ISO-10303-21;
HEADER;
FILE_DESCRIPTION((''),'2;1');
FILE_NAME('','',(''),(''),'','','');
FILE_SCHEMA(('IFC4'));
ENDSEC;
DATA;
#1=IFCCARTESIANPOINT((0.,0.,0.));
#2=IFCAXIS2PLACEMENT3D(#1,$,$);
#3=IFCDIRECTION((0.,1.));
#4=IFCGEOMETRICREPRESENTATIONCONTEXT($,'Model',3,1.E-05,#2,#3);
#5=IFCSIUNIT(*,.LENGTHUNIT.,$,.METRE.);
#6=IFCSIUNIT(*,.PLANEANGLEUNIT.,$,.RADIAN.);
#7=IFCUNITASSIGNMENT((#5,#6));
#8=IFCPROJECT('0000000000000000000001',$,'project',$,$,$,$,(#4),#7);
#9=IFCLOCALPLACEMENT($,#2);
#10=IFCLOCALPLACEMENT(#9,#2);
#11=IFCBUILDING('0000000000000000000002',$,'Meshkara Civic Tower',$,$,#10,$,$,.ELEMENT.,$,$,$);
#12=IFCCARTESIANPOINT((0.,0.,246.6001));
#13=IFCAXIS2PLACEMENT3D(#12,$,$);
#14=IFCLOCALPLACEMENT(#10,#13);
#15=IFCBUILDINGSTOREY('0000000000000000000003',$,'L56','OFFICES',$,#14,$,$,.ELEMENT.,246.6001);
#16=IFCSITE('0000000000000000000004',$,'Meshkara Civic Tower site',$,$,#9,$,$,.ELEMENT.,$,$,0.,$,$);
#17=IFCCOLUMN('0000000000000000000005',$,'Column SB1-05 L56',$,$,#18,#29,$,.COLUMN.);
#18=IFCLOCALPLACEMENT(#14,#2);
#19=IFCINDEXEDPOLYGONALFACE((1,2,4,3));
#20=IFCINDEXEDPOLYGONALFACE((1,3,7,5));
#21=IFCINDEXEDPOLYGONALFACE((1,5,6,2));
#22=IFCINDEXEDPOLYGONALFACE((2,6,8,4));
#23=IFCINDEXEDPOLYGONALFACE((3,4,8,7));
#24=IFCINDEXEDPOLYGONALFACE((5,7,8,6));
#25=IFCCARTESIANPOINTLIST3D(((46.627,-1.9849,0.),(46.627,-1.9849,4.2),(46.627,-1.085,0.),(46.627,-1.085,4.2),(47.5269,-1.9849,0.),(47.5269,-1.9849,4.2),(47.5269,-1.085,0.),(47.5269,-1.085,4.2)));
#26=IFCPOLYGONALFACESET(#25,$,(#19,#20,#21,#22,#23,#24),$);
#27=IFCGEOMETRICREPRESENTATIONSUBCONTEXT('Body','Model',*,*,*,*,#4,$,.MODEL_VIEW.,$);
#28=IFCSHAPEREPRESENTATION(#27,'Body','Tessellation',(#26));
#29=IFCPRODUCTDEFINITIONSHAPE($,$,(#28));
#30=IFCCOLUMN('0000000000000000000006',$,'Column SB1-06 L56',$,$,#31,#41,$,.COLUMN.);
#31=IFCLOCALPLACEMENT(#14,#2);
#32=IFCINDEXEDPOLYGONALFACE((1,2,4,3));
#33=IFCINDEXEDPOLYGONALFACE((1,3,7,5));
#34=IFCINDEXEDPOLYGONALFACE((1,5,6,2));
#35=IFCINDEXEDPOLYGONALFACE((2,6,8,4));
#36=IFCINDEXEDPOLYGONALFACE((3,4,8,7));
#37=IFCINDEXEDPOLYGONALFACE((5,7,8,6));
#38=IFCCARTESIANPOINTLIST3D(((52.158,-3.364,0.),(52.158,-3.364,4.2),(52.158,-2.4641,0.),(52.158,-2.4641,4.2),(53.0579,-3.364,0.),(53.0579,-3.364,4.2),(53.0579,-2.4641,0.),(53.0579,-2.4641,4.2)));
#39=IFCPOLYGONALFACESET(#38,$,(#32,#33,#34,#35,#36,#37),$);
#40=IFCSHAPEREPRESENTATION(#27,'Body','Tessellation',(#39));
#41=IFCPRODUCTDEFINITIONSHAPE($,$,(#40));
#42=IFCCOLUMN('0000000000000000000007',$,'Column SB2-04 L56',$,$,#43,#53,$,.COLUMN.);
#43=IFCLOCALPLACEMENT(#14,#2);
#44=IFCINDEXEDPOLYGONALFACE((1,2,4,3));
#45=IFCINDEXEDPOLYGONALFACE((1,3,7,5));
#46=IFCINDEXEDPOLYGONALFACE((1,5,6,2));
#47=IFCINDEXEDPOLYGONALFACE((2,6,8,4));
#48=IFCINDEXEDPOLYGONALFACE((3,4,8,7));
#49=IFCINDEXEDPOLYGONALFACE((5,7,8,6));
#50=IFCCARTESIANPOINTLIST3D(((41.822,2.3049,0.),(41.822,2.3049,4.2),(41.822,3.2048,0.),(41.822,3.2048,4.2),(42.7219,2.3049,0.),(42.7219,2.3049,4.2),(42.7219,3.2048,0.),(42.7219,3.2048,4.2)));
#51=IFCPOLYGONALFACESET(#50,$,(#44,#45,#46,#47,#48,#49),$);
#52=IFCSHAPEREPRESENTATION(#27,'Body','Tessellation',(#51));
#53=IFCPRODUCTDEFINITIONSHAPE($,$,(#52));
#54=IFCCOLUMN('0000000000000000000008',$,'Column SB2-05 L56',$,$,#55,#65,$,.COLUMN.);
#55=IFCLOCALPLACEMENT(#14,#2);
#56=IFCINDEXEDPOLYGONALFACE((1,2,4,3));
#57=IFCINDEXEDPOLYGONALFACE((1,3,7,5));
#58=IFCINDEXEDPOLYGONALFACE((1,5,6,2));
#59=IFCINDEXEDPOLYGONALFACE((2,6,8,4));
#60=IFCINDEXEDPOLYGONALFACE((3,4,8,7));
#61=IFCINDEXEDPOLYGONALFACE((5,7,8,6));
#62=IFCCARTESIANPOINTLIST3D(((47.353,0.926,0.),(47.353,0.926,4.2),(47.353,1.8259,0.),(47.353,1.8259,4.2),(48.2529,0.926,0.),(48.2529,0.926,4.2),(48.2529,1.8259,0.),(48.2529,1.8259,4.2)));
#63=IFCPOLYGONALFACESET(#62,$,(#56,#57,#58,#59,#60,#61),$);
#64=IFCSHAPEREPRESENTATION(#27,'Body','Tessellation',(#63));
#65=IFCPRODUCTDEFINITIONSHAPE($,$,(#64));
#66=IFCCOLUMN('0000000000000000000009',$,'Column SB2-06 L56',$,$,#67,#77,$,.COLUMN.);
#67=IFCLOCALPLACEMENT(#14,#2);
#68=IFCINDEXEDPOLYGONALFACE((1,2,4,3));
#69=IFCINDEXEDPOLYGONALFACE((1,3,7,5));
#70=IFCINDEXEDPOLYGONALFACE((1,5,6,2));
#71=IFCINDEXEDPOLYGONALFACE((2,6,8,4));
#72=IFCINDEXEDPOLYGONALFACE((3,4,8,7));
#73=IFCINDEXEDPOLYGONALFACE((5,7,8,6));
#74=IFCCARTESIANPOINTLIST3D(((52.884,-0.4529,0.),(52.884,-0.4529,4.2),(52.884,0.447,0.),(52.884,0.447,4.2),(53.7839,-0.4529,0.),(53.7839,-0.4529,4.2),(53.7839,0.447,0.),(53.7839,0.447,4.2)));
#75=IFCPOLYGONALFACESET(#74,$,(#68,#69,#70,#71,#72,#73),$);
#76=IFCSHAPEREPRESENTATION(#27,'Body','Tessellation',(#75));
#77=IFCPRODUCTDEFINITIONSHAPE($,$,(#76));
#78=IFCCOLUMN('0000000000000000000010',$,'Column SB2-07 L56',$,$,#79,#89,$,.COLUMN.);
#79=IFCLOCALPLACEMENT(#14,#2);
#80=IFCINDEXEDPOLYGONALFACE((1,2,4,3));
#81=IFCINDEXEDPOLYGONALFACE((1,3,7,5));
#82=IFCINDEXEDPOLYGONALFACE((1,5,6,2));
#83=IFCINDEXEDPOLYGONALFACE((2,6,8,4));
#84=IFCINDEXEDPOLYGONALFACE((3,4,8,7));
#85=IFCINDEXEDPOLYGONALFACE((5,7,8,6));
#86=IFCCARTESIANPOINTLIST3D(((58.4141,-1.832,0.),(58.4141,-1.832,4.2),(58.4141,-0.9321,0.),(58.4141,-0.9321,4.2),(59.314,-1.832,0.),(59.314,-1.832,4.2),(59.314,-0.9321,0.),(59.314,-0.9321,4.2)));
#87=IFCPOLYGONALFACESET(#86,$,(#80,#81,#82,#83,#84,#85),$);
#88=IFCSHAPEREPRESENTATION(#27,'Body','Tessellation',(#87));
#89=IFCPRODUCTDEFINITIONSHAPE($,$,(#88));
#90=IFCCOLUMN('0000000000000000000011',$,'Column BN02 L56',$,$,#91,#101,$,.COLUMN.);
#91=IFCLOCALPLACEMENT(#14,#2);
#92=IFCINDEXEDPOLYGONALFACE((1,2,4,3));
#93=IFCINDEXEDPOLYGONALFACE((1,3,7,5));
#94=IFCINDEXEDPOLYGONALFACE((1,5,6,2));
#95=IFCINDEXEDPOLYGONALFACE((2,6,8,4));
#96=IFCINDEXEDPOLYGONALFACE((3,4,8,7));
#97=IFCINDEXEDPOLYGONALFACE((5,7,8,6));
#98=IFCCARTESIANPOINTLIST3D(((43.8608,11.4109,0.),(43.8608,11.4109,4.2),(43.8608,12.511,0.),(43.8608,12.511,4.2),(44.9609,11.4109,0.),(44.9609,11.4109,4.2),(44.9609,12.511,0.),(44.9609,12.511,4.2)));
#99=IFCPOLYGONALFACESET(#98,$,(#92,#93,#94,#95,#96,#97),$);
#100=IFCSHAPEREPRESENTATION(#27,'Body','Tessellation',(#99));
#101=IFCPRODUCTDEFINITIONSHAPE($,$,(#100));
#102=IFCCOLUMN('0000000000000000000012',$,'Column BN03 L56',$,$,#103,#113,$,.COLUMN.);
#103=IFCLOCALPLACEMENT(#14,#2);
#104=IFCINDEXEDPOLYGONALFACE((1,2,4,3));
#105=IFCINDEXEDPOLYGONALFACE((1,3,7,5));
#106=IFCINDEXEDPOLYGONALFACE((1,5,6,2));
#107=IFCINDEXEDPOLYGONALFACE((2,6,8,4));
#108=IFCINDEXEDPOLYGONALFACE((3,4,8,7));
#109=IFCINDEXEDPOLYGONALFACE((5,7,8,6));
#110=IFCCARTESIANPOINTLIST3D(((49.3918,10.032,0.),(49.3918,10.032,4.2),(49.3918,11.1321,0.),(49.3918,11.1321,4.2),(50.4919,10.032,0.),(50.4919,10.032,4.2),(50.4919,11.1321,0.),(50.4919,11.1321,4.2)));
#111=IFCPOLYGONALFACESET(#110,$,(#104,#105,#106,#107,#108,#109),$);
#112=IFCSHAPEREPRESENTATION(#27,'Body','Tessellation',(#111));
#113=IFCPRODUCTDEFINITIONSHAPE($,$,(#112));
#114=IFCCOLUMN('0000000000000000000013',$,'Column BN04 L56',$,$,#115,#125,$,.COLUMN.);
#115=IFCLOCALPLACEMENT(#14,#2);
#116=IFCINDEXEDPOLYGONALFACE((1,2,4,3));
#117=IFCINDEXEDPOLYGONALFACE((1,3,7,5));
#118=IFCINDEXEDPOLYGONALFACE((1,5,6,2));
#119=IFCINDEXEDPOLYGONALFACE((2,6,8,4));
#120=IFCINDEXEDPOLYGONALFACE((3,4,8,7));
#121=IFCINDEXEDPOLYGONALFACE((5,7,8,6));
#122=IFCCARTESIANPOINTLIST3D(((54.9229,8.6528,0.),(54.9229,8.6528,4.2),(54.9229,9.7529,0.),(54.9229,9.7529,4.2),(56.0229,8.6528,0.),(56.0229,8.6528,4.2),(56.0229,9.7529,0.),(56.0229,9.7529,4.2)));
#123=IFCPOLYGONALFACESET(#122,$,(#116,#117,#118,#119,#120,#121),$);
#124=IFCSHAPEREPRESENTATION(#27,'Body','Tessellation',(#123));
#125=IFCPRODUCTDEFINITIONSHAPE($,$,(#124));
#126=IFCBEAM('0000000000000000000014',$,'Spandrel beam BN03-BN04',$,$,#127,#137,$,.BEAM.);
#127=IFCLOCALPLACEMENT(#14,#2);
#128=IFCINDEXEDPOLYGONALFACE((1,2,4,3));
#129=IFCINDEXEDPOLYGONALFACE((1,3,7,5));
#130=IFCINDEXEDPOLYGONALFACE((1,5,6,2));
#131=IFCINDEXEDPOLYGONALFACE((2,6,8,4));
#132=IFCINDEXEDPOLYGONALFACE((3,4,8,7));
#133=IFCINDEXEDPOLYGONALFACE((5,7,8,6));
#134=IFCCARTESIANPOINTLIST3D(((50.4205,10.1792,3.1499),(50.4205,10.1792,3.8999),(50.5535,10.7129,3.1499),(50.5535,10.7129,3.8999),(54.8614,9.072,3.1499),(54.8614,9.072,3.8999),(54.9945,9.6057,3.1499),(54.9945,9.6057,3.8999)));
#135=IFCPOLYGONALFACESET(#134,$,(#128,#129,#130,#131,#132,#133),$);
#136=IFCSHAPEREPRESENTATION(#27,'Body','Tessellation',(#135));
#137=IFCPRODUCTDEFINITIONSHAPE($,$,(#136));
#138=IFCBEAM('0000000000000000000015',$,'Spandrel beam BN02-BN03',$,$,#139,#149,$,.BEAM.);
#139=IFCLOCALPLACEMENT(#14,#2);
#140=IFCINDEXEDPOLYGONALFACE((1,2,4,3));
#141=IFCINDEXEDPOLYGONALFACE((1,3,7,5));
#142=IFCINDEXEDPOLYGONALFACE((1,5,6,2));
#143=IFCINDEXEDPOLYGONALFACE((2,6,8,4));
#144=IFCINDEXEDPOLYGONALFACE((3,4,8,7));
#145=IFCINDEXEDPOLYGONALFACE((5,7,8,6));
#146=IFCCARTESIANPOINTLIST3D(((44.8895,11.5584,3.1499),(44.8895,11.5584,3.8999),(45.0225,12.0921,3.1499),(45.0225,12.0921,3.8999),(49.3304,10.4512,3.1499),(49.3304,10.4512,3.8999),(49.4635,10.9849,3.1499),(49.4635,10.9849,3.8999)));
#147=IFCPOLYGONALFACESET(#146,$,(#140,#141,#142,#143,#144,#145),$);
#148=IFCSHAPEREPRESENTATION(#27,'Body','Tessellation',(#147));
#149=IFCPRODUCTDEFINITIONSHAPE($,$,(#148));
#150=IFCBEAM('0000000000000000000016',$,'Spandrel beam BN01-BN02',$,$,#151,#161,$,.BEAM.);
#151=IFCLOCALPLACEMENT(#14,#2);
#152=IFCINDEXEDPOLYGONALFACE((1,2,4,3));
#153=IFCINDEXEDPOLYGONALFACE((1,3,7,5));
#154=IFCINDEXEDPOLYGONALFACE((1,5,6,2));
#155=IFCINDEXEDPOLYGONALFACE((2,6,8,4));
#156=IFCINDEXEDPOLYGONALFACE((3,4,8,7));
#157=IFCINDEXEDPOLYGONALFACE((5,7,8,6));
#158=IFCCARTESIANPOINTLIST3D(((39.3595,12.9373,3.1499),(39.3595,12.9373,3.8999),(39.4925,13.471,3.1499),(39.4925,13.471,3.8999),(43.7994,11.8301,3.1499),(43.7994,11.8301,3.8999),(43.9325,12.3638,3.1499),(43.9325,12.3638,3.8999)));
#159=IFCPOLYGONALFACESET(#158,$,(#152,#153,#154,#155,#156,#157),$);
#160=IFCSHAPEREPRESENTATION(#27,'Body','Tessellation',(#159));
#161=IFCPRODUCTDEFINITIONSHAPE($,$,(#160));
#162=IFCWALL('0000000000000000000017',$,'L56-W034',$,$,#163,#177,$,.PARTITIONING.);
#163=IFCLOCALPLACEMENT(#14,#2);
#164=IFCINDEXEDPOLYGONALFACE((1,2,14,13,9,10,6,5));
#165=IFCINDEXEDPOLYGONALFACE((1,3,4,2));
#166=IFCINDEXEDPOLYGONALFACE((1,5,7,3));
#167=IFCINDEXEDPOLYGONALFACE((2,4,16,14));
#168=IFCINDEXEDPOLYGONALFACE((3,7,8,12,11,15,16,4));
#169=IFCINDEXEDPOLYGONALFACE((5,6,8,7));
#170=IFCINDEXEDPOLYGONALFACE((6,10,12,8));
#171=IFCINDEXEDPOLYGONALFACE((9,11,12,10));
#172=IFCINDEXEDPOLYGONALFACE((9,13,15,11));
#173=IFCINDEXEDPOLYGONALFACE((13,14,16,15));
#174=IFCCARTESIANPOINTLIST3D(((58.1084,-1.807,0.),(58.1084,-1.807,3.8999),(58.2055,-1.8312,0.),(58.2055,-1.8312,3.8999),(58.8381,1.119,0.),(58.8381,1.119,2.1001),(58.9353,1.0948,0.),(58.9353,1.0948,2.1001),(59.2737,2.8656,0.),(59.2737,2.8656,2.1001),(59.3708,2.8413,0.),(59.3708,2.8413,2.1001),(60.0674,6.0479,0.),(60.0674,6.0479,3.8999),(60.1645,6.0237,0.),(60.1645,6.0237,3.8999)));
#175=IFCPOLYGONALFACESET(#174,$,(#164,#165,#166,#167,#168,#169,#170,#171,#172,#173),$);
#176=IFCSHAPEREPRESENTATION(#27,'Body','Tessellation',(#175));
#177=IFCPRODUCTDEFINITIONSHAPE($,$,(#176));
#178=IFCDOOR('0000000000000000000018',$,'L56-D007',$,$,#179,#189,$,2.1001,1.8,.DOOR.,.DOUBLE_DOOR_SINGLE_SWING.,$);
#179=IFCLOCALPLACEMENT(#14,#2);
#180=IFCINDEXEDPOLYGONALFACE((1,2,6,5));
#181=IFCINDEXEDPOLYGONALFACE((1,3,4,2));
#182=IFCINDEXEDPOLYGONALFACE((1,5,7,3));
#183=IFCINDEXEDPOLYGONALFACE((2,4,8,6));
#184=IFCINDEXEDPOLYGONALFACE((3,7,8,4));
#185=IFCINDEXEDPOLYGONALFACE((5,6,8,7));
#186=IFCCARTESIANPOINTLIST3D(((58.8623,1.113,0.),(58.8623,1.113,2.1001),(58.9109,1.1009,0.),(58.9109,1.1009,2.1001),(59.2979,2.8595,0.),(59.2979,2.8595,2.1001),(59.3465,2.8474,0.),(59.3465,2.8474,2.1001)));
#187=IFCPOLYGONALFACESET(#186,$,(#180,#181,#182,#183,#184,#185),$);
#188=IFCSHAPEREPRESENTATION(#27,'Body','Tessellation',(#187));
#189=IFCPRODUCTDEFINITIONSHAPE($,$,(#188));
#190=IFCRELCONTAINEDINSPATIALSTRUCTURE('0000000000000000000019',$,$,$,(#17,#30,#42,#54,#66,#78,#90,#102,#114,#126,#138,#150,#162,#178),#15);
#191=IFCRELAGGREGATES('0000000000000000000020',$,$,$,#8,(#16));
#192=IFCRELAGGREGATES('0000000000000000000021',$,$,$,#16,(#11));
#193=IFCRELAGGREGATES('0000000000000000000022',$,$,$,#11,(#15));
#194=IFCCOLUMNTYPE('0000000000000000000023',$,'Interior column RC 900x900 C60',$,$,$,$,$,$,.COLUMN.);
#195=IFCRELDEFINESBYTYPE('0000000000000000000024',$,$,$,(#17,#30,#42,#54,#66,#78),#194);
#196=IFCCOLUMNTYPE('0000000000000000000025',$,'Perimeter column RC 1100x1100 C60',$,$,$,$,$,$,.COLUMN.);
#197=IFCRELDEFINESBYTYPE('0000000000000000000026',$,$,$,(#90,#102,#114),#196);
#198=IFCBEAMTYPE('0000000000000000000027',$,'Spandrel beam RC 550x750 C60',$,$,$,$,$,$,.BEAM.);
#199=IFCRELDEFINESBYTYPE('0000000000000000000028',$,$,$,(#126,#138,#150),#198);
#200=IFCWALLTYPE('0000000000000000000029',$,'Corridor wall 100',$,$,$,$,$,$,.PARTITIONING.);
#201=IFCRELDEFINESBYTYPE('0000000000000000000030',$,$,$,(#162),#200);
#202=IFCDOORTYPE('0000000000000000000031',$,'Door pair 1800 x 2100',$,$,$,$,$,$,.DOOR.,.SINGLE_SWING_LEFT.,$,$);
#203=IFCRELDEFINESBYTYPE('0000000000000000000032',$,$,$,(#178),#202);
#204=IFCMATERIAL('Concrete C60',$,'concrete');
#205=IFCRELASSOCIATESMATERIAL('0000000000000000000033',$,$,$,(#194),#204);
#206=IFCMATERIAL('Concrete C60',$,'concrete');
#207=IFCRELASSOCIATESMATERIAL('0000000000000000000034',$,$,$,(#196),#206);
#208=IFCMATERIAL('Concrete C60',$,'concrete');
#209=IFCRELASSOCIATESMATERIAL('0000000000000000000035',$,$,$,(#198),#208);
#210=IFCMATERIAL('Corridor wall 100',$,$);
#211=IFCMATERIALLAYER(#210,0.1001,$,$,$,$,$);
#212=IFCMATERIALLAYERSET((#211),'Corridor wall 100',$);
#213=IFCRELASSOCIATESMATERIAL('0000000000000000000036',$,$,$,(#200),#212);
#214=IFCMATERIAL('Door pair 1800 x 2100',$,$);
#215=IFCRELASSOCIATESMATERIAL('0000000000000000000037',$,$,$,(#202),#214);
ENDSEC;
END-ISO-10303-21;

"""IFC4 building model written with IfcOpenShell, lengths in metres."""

from ifc_helpers import new_model, si_unit, direction, frame, frame_2d, origin, origin_2d, place, context, subcontext, project, spatial, rectangle, extrude, material, layer, layer_set, material_profile, profile_set, type_object, element, fill, save


model = new_model("IFC4")

# Units and contexts
model_context = context("Model", 3, precision=1e-05, world=origin(), true_north=direction((0.0, 1.0)))
body_context = subcontext(model_context, "Body", "Model", "MODEL_VIEW")
ifc_project = project(units=[si_unit("LENGTHUNIT", "METRE"), si_unit("PLANEANGLEUNIT", "RADIAN")], contexts=[model_context])

# Site, building, storey
site_placement = place(None, origin())
site = spatial("IfcSite", under=ifc_project, at=site_placement, Name="Meshkara Civic Tower site", CompositionType="ELEMENT", RefElevation=0.0)
building_placement = place(site_placement, origin())
building = spatial("IfcBuilding", under=site, at=building_placement, Name="Meshkara Civic Tower", CompositionType="ELEMENT")
storey_placement = place(building_placement, frame((0.0, 0.0, 246.6001)))
storey = spatial("IfcBuildingStorey", under=building, at=storey_placement, Name="L56", Description="OFFICES", CompositionType="ELEMENT", Elevation=246.6001)

# Columns
ifc_material_1 = material(Name="Concrete C60", Category="concrete")
ifc_material_profile_1 = material_profile(ifc_material_1, rectangle(XDim=0.8999, YDim=0.8999, at=origin_2d()))
ifc_profile_set_1 = profile_set([ifc_material_profile_1], Name="Concrete C60")
column_type_1 = type_object("IfcColumnType", Name="Interior column RC 900x900 C60", PredefinedType="COLUMN", material=ifc_profile_set_1)
for number, where, z_axis, x_axis, name in (
    (1, (47.0769, -1.5349, 0.0), (0.0, 0.0, 1.0), (1.0, 0.0, 0.0), "Column SB1-05 L56"),
    (2, (52.6079, -2.9141, 0.0), (0.0, 0.0, 1.0), (1.0, 0.0, 0.0), "Column SB1-06 L56"),
    (3, (42.272, 2.7549, 0.0), (0.0, 0.0, 1.0), (1.0, 0.0, 0.0), "Column SB2-04 L56"),
    (4, (47.803, 1.376, 0.0), (0.0, 0.0, 1.0), (1.0, 0.0, 0.0), "Column SB2-05 L56"),
    (5, (53.334, -0.0029, 0.0), (0.0, 0.0, 1.0), (1.0, 0.0, 0.0), "Column SB2-06 L56"),
    (6, (58.864, -1.3821, 0.0), (0.0, 0.0, 1.0), (1.0, 0.0, 0.0), "Column SB2-07 L56"),
):
    element("IfcColumn", number, at=place(storey_placement, frame(where, z_axis=z_axis, x_axis=x_axis)), inside=storey, type_object=column_type_1, Name=name, PredefinedType="COLUMN", context=body_context, shape_type="SweptSolid", body=[
        extrude(rectangle(XDim=0.8999, YDim=0.8999, at=origin_2d()), origin(), (0.0, 0.0, 1.0), 4.2),
    ])
ifc_material_2 = material(Name="Concrete C60", Category="concrete")
ifc_material_profile_2 = material_profile(ifc_material_2, rectangle(XDim=1.1001, YDim=1.1001, at=origin_2d()))
ifc_profile_set_2 = profile_set([ifc_material_profile_2], Name="Concrete C60")
column_type_2 = type_object("IfcColumnType", Name="Perimeter column RC 1100x1100 C60", PredefinedType="COLUMN", material=ifc_profile_set_2)
for number, where, z_axis, x_axis, name in (
    (7, (44.4109, 11.9609, 0.0), (0.0, 0.0, 1.0), (1.0, 0.0, 0.0), "Column BN02 L56"),
    (8, (49.9419, 10.582, 0.0), (0.0, 0.0, 1.0), (1.0, 0.0, 0.0), "Column BN03 L56"),
    (9, (55.4729, 9.2029, 0.0), (0.0, 0.0, 1.0), (1.0, 0.0, 0.0), "Column BN04 L56"),
):
    element("IfcColumn", number, at=place(storey_placement, frame(where, z_axis=z_axis, x_axis=x_axis)), inside=storey, type_object=column_type_2, Name=name, PredefinedType="COLUMN", context=body_context, shape_type="SweptSolid", body=[
        extrude(rectangle(XDim=1.1001, YDim=1.1001, at=origin_2d()), origin(), (0.0, 0.0, 1.0), 4.2),
    ])

# Beams
ifc_material_3 = material(Name="Concrete C60", Category="concrete")
ifc_material_profile_3 = material_profile(ifc_material_3, rectangle(XDim=0.55, YDim=0.75, at=origin_2d()))
ifc_profile_set_3 = profile_set([ifc_material_profile_3], Name="Concrete C60")
beam_type = type_object("IfcBeamType", Name="Spandrel beam RC 550x750 C60", PredefinedType="BEAM", material=ifc_profile_set_3)
for number, where, z_axis, x_axis, name in (
    (10, (54.928, 9.3389, 3.5249), (-0.970299, 0.241908, 0.0), (-0.241908, -0.970299, 0.0), "Spandrel beam BN03-BN04"),
    (11, (49.397, 10.718, 3.5249), (-0.970299, 0.241908, 0.0), (-0.241908, -0.970299, 0.0), "Spandrel beam BN02-BN03"),
):
    element("IfcBeam", number, at=place(storey_placement, frame(where, z_axis=z_axis, x_axis=x_axis)), inside=storey, type_object=beam_type, Name=name, PredefinedType="BEAM", context=body_context, shape_type="SweptSolid", body=[
        extrude(rectangle(XDim=0.55, YDim=0.75, at=origin_2d()), origin(), (0.0, 0.0, 1.0), 4.5769),
    ])
beam_placement = place(storey_placement, frame((43.866, 12.0969, 3.5249), z_axis=(-0.970287, 0.241958, 0.0), x_axis=(-0.241958, -0.970287, 0.0)))
element("IfcBeam", 12, at=beam_placement, inside=storey, type_object=beam_type, Name="Spandrel beam BN01-BN02", PredefinedType="BEAM", context=body_context, shape_type="SweptSolid", body=[
    extrude(rectangle(XDim=0.55, YDim=0.75, at=origin_2d()), origin(), (0.0, 0.0, 1.0), 4.5759),
])

# Wall, opening, door
ifc_material_4 = material(Name="Corridor wall 100")
ifc_layer_1 = layer(ifc_material_4, 0.1001)
ifc_layer_set_1 = layer_set([ifc_layer_1], Name="Corridor wall 100")
wall_type_1 = type_object("IfcWallType", Name="Corridor wall 100", PredefinedType="PARTITIONING", material=ifc_layer_set_1)
wall_1_placement = place(storey_placement, frame((60.116, 6.0359, 0.0), z_axis=(0.0, 0.0, 1.0), x_axis=(-0.241982, -0.970281, 0.0)))
wall_1 = element("IfcWall", 13, at=wall_1_placement, inside=storey, type_object=wall_type_1, Name="L56-W034", PredefinedType="PARTITIONING", context=body_context, shape_type="SweptSolid", body=[
    extrude(rectangle(XDim=8.0955, YDim=0.1001, at=frame_2d((4.0479, 0.0))), origin(), (0.0, 0.0, 1.0), 3.8999),
])
opening_1_placement = place(wall_1_placement, frame((3.28, 0.0, 0.0)))
opening_1 = element("IfcOpeningElement", 14, at=opening_1_placement, cuts=wall_1, PredefinedType="OPENING", context=body_context, shape_type="SweptSolid", body=[
    extrude(rectangle(XDim=1.8, YDim=2.1001, at=frame_2d((0.8999, 1.05))), frame((0.0, 0.0601, 0.0), z_axis=(0.0, -1.0, 0.0), x_axis=(1.0, 0.0, 0.0)), (0.0, 0.0, 1.0), 0.1201),
])
ifc_material_5 = material(Name="Door pair 1800 x 2100")
door_type = type_object("IfcDoorType", Name="Door pair 1800 x 2100", OperationType="SINGLE_SWING_LEFT", PredefinedType="DOOR", material=ifc_material_5)
door_placement = place(opening_1_placement, origin())
door = element("IfcDoor", 15, at=door_placement, inside=storey, type_object=door_type, Name="L56-D007", OperationType="DOUBLE_DOOR_SINGLE_SWING", OverallHeight=2.1001, OverallWidth=1.8, PredefinedType="DOOR", context=body_context, shape_type="SweptSolid", body=[
    extrude(rectangle(XDim=1.8, YDim=2.1001, at=frame_2d((0.8999, 1.05))), frame((0.0, 0.0249, 0.0), z_axis=(0.0, -1.0, 0.0), x_axis=(1.0, 0.0, 0.0)), (0.0, 0.0, 1.0), 0.05),
])
fill(opening_1, door)

save(model, "model.ifc")
